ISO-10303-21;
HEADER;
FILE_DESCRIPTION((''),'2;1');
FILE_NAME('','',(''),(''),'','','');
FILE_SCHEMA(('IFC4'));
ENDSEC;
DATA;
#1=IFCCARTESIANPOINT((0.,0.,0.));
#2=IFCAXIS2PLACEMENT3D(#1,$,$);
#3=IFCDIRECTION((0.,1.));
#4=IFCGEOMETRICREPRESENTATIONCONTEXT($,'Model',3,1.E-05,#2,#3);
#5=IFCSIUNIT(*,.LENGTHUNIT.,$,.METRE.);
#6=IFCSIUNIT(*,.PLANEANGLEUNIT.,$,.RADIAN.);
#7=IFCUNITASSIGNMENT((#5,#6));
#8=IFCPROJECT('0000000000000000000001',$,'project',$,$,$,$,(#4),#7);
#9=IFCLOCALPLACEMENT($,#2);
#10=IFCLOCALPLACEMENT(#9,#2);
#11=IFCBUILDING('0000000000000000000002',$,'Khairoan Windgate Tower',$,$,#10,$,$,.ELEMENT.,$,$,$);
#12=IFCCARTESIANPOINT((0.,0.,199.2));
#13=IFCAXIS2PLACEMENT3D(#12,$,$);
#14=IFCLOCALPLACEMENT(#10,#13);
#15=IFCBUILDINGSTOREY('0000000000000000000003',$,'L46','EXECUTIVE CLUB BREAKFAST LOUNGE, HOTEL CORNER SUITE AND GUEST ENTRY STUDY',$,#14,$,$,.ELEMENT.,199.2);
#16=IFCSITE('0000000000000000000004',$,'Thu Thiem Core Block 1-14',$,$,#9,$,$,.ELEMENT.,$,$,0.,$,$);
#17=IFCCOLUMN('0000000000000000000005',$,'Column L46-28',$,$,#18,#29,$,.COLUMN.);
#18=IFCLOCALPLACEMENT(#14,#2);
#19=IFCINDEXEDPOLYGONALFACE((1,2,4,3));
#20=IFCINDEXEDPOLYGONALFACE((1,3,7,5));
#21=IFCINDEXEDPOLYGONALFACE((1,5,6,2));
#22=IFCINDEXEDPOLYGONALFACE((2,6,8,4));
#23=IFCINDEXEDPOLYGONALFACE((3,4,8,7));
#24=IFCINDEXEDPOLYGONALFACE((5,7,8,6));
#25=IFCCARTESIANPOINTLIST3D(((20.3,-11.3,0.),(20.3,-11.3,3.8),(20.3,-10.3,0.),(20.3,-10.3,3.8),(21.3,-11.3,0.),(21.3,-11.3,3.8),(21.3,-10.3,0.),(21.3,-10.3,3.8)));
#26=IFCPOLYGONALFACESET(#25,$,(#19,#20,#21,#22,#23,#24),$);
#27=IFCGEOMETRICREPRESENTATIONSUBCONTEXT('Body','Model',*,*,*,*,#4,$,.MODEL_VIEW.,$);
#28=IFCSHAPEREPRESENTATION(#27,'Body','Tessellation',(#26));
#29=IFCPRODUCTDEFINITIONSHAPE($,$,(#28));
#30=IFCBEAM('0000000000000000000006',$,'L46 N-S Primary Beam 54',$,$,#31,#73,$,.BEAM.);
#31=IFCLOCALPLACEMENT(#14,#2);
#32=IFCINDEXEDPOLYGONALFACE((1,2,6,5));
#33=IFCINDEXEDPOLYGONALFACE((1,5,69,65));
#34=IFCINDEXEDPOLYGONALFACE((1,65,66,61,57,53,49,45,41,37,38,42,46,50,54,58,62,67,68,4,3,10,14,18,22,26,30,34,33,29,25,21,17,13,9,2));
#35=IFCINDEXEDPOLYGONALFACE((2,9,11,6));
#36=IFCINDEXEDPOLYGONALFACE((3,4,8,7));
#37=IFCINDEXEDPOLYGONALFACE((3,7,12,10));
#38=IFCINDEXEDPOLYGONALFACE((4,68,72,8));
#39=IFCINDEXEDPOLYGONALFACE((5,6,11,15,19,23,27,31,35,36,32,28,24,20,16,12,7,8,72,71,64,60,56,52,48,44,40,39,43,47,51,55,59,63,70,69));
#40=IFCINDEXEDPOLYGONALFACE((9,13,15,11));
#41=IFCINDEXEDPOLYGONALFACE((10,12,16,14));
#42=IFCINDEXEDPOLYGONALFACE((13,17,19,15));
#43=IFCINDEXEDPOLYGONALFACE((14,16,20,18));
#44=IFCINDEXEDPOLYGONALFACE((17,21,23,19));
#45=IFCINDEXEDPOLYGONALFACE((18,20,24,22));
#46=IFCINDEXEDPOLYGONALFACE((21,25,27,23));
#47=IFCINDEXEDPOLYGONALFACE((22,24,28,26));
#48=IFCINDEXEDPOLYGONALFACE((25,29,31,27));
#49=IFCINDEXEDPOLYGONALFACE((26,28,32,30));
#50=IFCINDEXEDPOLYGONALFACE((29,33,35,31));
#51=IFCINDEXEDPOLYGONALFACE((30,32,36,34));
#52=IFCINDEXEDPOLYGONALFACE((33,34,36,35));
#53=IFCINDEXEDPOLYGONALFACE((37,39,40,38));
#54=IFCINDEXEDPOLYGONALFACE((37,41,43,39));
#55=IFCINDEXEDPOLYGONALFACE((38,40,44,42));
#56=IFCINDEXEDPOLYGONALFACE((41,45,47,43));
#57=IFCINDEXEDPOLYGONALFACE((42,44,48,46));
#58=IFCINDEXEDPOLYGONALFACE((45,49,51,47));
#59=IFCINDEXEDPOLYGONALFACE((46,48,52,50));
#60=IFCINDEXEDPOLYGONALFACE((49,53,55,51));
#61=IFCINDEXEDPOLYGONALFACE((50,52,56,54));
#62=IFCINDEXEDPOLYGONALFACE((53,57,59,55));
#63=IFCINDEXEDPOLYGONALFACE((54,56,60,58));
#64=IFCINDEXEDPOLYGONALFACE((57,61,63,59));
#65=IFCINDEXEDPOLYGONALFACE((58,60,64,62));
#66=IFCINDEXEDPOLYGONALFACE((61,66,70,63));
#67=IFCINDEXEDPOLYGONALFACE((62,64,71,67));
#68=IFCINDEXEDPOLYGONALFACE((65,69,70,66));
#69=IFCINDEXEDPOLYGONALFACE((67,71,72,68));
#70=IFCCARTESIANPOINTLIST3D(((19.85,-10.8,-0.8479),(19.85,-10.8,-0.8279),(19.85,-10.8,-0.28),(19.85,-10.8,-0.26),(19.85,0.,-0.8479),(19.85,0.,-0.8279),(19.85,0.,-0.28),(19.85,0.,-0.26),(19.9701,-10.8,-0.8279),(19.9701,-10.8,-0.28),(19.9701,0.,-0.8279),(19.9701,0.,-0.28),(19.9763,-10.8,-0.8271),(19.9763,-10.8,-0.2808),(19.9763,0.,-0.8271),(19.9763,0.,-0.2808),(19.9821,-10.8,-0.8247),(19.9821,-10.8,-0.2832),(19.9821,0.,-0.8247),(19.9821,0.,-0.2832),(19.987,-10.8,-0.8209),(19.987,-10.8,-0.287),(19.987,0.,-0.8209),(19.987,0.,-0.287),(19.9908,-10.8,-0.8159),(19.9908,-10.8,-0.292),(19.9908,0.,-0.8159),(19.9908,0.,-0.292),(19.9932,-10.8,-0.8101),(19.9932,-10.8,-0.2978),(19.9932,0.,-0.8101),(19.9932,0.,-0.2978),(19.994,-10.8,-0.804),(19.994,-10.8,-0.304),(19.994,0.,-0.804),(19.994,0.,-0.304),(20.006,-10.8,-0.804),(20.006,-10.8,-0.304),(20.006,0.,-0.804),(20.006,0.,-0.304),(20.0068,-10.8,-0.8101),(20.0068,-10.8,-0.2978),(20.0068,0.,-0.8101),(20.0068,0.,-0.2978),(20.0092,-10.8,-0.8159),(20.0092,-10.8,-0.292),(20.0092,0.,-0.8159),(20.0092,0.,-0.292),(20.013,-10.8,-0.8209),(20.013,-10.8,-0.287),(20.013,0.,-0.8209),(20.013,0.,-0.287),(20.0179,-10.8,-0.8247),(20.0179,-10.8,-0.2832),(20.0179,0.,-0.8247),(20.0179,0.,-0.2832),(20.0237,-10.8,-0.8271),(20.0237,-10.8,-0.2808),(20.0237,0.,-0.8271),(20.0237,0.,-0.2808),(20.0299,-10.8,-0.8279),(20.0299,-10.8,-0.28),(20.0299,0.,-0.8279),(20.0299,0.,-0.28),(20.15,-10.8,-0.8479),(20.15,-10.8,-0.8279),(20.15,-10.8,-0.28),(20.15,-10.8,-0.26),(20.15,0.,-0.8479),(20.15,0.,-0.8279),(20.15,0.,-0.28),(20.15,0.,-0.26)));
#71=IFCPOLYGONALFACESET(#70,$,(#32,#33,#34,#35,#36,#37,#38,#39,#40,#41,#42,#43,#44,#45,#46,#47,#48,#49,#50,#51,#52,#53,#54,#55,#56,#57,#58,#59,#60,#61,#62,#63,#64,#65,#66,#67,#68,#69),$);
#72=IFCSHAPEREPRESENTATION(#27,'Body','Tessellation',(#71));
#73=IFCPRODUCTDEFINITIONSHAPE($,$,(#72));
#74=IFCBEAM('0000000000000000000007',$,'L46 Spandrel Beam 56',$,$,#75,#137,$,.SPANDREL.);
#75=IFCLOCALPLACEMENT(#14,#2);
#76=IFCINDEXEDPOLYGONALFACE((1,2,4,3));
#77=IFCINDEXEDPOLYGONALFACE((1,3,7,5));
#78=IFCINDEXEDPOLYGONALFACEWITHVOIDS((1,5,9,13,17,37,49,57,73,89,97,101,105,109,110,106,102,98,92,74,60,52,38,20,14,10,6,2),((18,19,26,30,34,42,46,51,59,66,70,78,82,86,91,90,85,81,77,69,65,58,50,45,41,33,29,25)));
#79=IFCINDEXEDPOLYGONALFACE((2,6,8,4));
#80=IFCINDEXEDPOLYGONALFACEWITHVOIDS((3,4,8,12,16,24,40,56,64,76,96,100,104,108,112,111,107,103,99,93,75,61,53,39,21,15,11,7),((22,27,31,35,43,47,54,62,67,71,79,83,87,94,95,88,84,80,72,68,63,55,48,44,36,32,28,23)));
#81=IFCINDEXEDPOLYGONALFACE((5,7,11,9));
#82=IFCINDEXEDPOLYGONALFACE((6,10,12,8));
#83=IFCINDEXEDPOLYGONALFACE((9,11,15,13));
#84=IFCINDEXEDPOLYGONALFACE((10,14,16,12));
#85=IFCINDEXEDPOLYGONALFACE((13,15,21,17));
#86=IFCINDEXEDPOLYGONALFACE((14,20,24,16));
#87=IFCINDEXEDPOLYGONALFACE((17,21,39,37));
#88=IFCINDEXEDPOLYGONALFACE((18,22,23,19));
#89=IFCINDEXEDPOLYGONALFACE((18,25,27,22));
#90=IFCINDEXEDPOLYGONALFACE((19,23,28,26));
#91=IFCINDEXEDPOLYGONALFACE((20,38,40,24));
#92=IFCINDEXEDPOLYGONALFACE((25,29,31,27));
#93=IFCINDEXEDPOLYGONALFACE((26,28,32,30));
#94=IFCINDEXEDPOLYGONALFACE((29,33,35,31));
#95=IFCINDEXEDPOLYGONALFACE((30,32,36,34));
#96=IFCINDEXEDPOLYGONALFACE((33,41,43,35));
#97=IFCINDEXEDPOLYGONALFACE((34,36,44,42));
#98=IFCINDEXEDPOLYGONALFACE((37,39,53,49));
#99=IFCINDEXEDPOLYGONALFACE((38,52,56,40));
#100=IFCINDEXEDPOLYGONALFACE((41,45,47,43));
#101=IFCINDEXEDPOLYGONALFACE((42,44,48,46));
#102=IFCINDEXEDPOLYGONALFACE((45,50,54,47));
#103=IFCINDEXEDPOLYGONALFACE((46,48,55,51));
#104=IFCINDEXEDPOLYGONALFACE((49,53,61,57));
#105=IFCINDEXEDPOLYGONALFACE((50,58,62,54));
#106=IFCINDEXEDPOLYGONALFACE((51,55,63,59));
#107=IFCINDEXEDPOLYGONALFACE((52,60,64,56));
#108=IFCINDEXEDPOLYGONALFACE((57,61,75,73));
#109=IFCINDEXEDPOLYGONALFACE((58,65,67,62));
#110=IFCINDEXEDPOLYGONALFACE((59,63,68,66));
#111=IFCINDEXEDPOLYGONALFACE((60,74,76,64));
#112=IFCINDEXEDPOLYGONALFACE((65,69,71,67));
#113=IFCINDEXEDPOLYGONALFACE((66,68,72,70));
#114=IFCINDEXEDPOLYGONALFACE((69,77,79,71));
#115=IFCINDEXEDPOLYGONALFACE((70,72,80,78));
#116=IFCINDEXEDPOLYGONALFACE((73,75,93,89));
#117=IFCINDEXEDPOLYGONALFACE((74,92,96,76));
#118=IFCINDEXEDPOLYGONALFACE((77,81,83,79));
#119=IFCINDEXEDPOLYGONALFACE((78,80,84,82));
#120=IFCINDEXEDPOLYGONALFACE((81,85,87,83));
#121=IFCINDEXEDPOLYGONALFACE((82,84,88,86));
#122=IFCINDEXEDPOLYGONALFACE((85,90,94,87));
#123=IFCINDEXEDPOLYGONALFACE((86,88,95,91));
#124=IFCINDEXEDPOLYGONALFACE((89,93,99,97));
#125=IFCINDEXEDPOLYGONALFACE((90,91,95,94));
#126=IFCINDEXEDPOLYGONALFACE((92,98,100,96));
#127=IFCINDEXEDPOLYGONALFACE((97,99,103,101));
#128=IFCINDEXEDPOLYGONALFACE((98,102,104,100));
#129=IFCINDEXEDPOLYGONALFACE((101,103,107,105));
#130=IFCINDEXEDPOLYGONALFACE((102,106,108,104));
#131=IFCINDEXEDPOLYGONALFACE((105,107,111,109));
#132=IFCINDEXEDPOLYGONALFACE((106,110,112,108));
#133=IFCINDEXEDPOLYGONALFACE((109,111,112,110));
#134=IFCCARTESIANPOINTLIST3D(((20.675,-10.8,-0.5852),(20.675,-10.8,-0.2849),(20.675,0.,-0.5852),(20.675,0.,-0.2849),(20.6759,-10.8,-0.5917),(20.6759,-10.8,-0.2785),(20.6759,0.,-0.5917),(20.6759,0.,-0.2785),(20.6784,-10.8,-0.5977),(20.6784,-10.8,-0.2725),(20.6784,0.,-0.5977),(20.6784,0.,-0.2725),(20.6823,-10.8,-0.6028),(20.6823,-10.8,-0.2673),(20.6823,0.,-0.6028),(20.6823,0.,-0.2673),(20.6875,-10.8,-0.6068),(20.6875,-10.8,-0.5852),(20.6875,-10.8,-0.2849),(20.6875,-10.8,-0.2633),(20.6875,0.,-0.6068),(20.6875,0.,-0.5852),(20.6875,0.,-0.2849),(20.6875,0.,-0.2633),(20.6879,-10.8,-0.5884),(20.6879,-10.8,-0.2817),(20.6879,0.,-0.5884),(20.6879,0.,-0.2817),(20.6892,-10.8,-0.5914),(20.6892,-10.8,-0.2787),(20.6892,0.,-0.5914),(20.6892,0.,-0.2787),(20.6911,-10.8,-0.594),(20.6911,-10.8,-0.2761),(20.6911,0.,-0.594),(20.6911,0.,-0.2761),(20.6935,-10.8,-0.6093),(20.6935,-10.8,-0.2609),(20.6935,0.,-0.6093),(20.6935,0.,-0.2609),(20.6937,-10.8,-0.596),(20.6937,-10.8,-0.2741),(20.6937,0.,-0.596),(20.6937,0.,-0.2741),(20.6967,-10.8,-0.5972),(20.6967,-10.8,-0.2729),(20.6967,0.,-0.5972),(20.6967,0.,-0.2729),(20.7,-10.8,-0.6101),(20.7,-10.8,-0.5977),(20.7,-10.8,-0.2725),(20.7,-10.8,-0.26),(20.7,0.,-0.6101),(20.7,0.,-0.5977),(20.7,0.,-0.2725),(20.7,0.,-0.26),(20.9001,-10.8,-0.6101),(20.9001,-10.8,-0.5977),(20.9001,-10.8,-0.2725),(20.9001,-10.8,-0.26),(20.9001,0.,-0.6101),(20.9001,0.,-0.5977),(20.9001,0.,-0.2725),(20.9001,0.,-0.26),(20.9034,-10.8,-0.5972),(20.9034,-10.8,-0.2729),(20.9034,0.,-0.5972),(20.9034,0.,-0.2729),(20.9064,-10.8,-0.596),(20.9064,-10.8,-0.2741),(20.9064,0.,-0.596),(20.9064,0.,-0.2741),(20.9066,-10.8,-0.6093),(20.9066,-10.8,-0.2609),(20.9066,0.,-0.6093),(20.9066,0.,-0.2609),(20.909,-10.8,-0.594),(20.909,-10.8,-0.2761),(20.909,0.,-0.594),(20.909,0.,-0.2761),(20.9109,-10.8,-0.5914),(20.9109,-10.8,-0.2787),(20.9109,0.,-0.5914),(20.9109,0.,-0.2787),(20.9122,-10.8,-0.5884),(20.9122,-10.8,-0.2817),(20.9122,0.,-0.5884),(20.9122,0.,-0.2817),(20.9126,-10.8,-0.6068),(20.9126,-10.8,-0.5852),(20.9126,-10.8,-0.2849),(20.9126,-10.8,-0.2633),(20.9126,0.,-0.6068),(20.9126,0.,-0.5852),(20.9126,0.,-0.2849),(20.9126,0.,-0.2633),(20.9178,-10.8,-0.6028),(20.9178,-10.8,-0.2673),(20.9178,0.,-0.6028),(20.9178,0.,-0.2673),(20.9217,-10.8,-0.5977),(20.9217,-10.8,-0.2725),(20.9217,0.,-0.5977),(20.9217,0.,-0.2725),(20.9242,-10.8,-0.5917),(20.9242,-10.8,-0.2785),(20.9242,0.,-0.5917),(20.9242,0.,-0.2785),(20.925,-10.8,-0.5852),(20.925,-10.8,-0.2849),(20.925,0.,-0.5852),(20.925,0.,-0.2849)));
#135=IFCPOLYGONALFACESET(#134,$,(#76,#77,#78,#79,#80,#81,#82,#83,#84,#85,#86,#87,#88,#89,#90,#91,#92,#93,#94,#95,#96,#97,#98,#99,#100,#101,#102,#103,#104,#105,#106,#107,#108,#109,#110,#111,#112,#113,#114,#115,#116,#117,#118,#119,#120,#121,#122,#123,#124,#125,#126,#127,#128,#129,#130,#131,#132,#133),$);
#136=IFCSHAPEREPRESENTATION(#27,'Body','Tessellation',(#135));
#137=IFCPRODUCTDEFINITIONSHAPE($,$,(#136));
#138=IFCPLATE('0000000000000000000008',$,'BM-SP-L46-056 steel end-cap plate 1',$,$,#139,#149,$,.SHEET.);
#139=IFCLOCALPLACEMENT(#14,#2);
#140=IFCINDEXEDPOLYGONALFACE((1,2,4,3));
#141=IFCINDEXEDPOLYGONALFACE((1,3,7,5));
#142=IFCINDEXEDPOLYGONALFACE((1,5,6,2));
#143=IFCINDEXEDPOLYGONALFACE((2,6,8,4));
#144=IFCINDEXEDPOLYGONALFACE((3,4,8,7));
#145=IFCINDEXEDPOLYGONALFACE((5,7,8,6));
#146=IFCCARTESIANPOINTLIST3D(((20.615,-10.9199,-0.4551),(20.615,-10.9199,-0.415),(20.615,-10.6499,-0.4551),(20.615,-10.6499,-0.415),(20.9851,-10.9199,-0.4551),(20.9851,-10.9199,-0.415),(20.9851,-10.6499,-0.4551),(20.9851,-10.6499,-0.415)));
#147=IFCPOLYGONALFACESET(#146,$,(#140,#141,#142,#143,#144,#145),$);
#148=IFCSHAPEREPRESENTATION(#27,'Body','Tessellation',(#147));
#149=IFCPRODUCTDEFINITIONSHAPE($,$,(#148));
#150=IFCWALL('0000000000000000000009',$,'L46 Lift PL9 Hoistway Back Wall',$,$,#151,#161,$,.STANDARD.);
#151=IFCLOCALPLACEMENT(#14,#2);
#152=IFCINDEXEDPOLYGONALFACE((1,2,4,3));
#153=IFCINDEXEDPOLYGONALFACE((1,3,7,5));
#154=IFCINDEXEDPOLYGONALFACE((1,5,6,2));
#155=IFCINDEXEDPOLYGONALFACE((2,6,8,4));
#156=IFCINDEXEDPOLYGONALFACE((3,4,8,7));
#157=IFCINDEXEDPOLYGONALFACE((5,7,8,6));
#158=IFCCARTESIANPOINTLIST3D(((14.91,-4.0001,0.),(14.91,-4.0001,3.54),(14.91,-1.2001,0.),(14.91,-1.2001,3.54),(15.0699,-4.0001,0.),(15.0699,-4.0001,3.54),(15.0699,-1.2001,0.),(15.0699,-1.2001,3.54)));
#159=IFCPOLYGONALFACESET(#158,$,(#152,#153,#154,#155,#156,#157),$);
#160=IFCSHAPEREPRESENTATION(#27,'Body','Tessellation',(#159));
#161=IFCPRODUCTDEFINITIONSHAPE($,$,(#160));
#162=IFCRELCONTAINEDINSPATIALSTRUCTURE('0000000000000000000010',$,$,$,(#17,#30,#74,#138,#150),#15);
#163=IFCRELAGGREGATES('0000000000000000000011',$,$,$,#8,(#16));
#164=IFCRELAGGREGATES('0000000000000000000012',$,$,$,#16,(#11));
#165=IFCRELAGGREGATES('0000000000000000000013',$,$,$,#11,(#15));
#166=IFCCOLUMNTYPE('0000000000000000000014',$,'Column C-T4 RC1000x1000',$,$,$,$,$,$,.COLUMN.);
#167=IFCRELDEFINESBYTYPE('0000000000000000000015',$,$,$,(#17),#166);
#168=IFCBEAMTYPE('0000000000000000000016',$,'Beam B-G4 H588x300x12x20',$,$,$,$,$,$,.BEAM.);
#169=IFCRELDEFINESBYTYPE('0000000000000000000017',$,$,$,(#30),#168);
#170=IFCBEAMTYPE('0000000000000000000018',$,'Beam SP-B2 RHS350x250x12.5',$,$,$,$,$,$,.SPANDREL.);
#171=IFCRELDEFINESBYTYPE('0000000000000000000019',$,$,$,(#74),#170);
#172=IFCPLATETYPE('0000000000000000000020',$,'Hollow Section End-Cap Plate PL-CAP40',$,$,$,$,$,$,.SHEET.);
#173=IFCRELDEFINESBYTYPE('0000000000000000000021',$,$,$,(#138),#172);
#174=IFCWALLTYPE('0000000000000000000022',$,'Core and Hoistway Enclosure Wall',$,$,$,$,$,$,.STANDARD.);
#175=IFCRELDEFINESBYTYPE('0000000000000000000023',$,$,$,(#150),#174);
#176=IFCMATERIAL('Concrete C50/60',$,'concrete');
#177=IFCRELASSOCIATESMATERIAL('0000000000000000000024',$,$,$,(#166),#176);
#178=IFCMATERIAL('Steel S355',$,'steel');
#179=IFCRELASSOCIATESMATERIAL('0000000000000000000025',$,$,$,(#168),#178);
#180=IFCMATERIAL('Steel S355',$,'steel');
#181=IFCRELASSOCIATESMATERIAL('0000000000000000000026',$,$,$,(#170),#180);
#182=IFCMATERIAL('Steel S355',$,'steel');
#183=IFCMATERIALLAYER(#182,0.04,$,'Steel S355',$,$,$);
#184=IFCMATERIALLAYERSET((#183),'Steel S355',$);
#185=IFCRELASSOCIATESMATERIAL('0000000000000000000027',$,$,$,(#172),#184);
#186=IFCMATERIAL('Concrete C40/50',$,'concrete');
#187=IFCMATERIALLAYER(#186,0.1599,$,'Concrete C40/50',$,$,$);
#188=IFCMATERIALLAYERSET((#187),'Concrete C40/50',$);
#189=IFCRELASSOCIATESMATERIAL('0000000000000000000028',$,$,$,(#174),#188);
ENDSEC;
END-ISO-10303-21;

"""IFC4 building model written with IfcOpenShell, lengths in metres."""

from ifc_helpers import new_model, si_unit, direction, frame, frame_2d, origin, origin_2d, place, context, subcontext, project, spatial, rectangle, hollow_rectangle, i_section, extrude, material, layer, layer_set, material_profile, profile_set, type_object, element, save


model = new_model("IFC4")

# Units and contexts
model_context = context("Model", 3, precision=1e-05, world=origin(), true_north=direction((0.0, 1.0)))
body_context = subcontext(model_context, "Body", "Model", "MODEL_VIEW")
ifc_project = project(units=[si_unit("LENGTHUNIT", "METRE"), si_unit("PLANEANGLEUNIT", "RADIAN")], contexts=[model_context])

# Site, building, storey
site_placement = place(None, origin())
site = spatial("IfcSite", under=ifc_project, at=site_placement, Name="Thu Thiem Core Block 1-14", CompositionType="ELEMENT", RefElevation=0.0)
building_placement = place(site_placement, origin())
building = spatial("IfcBuilding", under=site, at=building_placement, Name="Khairoan Windgate Tower", CompositionType="ELEMENT")
storey_placement = place(building_placement, frame((0.0, 0.0, 199.2)))
storey = spatial("IfcBuildingStorey", under=building, at=storey_placement, Name="L46", Description="EXECUTIVE CLUB BREAKFAST LOUNGE, HOTEL CORNER SUITE AND GUEST ENTRY STUDY", CompositionType="ELEMENT", Elevation=199.2)

# Column
ifc_material_1 = material(Name="Concrete C50/60", Category="concrete")
ifc_material_profile_1 = material_profile(ifc_material_1, rectangle(XDim=1.0, YDim=1.0, at=origin_2d()))
ifc_profile_set_1 = profile_set([ifc_material_profile_1], Name="Concrete C50/60")
column_type = type_object("IfcColumnType", Name="Column C-T4 RC1000x1000", PredefinedType="COLUMN", material=ifc_profile_set_1)
column_placement = place(storey_placement, frame((20.8, -10.8, 0.0), z_axis=(0.0, 0.0, 1.0), x_axis=(1.0, 0.0, 0.0)))
element("IfcColumn", 1, at=column_placement, inside=storey, type_object=column_type, Name="Column L46-28", PredefinedType="COLUMN", context=body_context, shape_type="SweptSolid", body=[
    extrude(rectangle(XDim=1.0, YDim=1.0, at=origin_2d()), origin(), (0.0, 0.0, 1.0), 3.8),
])

# Beams
ifc_material_2 = material(Name="Steel S355", Category="steel")
ifc_material_profile_2 = material_profile(ifc_material_2, i_section(OverallWidth=0.3, OverallDepth=0.5879, WebThickness=0.012, FlangeThickness=0.02, FilletRadius=0.0239, at=origin_2d()))
ifc_profile_set_2 = profile_set([ifc_material_profile_2], Name="Steel S355")
beam_type_1 = type_object("IfcBeamType", Name="Beam B-G4 H588x300x12x20", PredefinedType="BEAM", material=ifc_profile_set_2)
beam_1_placement = place(storey_placement, frame((20.0, -10.8, -0.554), z_axis=(0.0, 1.0, 0.0), x_axis=(-1.0, 0.0, 0.0)))
element("IfcBeam", 2, at=beam_1_placement, inside=storey, type_object=beam_type_1, Name="L46 N-S Primary Beam 54", PredefinedType="BEAM", context=body_context, shape_type="SweptSolid", body=[
    extrude(i_section(OverallWidth=0.3, OverallDepth=0.5879, WebThickness=0.012, FlangeThickness=0.02, FilletRadius=0.0239, at=origin_2d()), origin(), (0.0, 0.0, 1.0), 10.8),
])
ifc_material_3 = material(Name="Steel S355", Category="steel")
ifc_material_profile_3 = material_profile(ifc_material_3, hollow_rectangle(XDim=0.25, YDim=0.3501, WallThickness=0.0125, InnerFilletRadius=0.0125, OuterFilletRadius=0.0249, at=origin_2d()))
ifc_profile_set_3 = profile_set([ifc_material_profile_3], Name="Steel S355")
beam_type_2 = type_object("IfcBeamType", Name="Beam SP-B2 RHS350x250x12.5", PredefinedType="SPANDREL", material=ifc_profile_set_3)
beam_2_placement = place(storey_placement, frame((20.8, -10.8, -0.4351), z_axis=(0.0, 1.0, 0.0), x_axis=(-1.0, 0.0, 0.0)))
element("IfcBeam", 3, at=beam_2_placement, inside=storey, type_object=beam_type_2, Name="L46 Spandrel Beam 56", PredefinedType="SPANDREL", context=body_context, shape_type="SweptSolid", body=[
    extrude(hollow_rectangle(XDim=0.25, YDim=0.3501, WallThickness=0.0125, InnerFilletRadius=0.0125, OuterFilletRadius=0.0249, at=origin_2d()), origin(), (0.0, 0.0, 1.0), 10.8),
])

# Plate
ifc_material_4 = material(Name="Steel S355", Category="steel")
ifc_layer_1 = layer(ifc_material_4, 0.04, Name="Steel S355")
ifc_layer_set_1 = layer_set([ifc_layer_1], Name="Steel S355")
plate_type = type_object("IfcPlateType", Name="Hollow Section End-Cap Plate PL-CAP40", PredefinedType="SHEET", material=ifc_layer_set_1)
plate_placement = place(storey_placement, frame((20.8, -10.7849, -0.4551), z_axis=(0.0, 0.0, 1.0), x_axis=(0.0, 1.0, 0.0)))
element("IfcPlate", 4, at=plate_placement, inside=storey, type_object=plate_type, Name="BM-SP-L46-056 steel end-cap plate 1", PredefinedType="SHEET", context=body_context, shape_type="SweptSolid", body=[
    extrude(rectangle(XDim=0.27, YDim=0.3701, at=origin_2d()), origin(), (0.0, 0.0, 1.0), 0.04),
])

# Wall
ifc_material_5 = material(Name="Concrete C40/50", Category="concrete")
ifc_layer_2 = layer(ifc_material_5, 0.1599, Name="Concrete C40/50")
ifc_layer_set_2 = layer_set([ifc_layer_2], Name="Concrete C40/50")
wall_type_1 = type_object("IfcWallType", Name="Core and Hoistway Enclosure Wall", PredefinedType="STANDARD", material=ifc_layer_set_2)
wall_1_placement = place(storey_placement, frame((14.99, -4.0, 0.0), z_axis=(0.0, 0.0, 1.0), x_axis=(0.0, 1.0, 0.0)))
element("IfcWall", 5, at=wall_1_placement, inside=storey, type_object=wall_type_1, Name="L46 Lift PL9 Hoistway Back Wall", PredefinedType="STANDARD", context=body_context, shape_type="SweptSolid", body=[
    extrude(rectangle(XDim=2.8, YDim=0.1599, at=frame_2d((1.3999, 0.0))), origin(), (0.0, 0.0, 1.0), 3.54),
])

save(model, "model.ifc")
